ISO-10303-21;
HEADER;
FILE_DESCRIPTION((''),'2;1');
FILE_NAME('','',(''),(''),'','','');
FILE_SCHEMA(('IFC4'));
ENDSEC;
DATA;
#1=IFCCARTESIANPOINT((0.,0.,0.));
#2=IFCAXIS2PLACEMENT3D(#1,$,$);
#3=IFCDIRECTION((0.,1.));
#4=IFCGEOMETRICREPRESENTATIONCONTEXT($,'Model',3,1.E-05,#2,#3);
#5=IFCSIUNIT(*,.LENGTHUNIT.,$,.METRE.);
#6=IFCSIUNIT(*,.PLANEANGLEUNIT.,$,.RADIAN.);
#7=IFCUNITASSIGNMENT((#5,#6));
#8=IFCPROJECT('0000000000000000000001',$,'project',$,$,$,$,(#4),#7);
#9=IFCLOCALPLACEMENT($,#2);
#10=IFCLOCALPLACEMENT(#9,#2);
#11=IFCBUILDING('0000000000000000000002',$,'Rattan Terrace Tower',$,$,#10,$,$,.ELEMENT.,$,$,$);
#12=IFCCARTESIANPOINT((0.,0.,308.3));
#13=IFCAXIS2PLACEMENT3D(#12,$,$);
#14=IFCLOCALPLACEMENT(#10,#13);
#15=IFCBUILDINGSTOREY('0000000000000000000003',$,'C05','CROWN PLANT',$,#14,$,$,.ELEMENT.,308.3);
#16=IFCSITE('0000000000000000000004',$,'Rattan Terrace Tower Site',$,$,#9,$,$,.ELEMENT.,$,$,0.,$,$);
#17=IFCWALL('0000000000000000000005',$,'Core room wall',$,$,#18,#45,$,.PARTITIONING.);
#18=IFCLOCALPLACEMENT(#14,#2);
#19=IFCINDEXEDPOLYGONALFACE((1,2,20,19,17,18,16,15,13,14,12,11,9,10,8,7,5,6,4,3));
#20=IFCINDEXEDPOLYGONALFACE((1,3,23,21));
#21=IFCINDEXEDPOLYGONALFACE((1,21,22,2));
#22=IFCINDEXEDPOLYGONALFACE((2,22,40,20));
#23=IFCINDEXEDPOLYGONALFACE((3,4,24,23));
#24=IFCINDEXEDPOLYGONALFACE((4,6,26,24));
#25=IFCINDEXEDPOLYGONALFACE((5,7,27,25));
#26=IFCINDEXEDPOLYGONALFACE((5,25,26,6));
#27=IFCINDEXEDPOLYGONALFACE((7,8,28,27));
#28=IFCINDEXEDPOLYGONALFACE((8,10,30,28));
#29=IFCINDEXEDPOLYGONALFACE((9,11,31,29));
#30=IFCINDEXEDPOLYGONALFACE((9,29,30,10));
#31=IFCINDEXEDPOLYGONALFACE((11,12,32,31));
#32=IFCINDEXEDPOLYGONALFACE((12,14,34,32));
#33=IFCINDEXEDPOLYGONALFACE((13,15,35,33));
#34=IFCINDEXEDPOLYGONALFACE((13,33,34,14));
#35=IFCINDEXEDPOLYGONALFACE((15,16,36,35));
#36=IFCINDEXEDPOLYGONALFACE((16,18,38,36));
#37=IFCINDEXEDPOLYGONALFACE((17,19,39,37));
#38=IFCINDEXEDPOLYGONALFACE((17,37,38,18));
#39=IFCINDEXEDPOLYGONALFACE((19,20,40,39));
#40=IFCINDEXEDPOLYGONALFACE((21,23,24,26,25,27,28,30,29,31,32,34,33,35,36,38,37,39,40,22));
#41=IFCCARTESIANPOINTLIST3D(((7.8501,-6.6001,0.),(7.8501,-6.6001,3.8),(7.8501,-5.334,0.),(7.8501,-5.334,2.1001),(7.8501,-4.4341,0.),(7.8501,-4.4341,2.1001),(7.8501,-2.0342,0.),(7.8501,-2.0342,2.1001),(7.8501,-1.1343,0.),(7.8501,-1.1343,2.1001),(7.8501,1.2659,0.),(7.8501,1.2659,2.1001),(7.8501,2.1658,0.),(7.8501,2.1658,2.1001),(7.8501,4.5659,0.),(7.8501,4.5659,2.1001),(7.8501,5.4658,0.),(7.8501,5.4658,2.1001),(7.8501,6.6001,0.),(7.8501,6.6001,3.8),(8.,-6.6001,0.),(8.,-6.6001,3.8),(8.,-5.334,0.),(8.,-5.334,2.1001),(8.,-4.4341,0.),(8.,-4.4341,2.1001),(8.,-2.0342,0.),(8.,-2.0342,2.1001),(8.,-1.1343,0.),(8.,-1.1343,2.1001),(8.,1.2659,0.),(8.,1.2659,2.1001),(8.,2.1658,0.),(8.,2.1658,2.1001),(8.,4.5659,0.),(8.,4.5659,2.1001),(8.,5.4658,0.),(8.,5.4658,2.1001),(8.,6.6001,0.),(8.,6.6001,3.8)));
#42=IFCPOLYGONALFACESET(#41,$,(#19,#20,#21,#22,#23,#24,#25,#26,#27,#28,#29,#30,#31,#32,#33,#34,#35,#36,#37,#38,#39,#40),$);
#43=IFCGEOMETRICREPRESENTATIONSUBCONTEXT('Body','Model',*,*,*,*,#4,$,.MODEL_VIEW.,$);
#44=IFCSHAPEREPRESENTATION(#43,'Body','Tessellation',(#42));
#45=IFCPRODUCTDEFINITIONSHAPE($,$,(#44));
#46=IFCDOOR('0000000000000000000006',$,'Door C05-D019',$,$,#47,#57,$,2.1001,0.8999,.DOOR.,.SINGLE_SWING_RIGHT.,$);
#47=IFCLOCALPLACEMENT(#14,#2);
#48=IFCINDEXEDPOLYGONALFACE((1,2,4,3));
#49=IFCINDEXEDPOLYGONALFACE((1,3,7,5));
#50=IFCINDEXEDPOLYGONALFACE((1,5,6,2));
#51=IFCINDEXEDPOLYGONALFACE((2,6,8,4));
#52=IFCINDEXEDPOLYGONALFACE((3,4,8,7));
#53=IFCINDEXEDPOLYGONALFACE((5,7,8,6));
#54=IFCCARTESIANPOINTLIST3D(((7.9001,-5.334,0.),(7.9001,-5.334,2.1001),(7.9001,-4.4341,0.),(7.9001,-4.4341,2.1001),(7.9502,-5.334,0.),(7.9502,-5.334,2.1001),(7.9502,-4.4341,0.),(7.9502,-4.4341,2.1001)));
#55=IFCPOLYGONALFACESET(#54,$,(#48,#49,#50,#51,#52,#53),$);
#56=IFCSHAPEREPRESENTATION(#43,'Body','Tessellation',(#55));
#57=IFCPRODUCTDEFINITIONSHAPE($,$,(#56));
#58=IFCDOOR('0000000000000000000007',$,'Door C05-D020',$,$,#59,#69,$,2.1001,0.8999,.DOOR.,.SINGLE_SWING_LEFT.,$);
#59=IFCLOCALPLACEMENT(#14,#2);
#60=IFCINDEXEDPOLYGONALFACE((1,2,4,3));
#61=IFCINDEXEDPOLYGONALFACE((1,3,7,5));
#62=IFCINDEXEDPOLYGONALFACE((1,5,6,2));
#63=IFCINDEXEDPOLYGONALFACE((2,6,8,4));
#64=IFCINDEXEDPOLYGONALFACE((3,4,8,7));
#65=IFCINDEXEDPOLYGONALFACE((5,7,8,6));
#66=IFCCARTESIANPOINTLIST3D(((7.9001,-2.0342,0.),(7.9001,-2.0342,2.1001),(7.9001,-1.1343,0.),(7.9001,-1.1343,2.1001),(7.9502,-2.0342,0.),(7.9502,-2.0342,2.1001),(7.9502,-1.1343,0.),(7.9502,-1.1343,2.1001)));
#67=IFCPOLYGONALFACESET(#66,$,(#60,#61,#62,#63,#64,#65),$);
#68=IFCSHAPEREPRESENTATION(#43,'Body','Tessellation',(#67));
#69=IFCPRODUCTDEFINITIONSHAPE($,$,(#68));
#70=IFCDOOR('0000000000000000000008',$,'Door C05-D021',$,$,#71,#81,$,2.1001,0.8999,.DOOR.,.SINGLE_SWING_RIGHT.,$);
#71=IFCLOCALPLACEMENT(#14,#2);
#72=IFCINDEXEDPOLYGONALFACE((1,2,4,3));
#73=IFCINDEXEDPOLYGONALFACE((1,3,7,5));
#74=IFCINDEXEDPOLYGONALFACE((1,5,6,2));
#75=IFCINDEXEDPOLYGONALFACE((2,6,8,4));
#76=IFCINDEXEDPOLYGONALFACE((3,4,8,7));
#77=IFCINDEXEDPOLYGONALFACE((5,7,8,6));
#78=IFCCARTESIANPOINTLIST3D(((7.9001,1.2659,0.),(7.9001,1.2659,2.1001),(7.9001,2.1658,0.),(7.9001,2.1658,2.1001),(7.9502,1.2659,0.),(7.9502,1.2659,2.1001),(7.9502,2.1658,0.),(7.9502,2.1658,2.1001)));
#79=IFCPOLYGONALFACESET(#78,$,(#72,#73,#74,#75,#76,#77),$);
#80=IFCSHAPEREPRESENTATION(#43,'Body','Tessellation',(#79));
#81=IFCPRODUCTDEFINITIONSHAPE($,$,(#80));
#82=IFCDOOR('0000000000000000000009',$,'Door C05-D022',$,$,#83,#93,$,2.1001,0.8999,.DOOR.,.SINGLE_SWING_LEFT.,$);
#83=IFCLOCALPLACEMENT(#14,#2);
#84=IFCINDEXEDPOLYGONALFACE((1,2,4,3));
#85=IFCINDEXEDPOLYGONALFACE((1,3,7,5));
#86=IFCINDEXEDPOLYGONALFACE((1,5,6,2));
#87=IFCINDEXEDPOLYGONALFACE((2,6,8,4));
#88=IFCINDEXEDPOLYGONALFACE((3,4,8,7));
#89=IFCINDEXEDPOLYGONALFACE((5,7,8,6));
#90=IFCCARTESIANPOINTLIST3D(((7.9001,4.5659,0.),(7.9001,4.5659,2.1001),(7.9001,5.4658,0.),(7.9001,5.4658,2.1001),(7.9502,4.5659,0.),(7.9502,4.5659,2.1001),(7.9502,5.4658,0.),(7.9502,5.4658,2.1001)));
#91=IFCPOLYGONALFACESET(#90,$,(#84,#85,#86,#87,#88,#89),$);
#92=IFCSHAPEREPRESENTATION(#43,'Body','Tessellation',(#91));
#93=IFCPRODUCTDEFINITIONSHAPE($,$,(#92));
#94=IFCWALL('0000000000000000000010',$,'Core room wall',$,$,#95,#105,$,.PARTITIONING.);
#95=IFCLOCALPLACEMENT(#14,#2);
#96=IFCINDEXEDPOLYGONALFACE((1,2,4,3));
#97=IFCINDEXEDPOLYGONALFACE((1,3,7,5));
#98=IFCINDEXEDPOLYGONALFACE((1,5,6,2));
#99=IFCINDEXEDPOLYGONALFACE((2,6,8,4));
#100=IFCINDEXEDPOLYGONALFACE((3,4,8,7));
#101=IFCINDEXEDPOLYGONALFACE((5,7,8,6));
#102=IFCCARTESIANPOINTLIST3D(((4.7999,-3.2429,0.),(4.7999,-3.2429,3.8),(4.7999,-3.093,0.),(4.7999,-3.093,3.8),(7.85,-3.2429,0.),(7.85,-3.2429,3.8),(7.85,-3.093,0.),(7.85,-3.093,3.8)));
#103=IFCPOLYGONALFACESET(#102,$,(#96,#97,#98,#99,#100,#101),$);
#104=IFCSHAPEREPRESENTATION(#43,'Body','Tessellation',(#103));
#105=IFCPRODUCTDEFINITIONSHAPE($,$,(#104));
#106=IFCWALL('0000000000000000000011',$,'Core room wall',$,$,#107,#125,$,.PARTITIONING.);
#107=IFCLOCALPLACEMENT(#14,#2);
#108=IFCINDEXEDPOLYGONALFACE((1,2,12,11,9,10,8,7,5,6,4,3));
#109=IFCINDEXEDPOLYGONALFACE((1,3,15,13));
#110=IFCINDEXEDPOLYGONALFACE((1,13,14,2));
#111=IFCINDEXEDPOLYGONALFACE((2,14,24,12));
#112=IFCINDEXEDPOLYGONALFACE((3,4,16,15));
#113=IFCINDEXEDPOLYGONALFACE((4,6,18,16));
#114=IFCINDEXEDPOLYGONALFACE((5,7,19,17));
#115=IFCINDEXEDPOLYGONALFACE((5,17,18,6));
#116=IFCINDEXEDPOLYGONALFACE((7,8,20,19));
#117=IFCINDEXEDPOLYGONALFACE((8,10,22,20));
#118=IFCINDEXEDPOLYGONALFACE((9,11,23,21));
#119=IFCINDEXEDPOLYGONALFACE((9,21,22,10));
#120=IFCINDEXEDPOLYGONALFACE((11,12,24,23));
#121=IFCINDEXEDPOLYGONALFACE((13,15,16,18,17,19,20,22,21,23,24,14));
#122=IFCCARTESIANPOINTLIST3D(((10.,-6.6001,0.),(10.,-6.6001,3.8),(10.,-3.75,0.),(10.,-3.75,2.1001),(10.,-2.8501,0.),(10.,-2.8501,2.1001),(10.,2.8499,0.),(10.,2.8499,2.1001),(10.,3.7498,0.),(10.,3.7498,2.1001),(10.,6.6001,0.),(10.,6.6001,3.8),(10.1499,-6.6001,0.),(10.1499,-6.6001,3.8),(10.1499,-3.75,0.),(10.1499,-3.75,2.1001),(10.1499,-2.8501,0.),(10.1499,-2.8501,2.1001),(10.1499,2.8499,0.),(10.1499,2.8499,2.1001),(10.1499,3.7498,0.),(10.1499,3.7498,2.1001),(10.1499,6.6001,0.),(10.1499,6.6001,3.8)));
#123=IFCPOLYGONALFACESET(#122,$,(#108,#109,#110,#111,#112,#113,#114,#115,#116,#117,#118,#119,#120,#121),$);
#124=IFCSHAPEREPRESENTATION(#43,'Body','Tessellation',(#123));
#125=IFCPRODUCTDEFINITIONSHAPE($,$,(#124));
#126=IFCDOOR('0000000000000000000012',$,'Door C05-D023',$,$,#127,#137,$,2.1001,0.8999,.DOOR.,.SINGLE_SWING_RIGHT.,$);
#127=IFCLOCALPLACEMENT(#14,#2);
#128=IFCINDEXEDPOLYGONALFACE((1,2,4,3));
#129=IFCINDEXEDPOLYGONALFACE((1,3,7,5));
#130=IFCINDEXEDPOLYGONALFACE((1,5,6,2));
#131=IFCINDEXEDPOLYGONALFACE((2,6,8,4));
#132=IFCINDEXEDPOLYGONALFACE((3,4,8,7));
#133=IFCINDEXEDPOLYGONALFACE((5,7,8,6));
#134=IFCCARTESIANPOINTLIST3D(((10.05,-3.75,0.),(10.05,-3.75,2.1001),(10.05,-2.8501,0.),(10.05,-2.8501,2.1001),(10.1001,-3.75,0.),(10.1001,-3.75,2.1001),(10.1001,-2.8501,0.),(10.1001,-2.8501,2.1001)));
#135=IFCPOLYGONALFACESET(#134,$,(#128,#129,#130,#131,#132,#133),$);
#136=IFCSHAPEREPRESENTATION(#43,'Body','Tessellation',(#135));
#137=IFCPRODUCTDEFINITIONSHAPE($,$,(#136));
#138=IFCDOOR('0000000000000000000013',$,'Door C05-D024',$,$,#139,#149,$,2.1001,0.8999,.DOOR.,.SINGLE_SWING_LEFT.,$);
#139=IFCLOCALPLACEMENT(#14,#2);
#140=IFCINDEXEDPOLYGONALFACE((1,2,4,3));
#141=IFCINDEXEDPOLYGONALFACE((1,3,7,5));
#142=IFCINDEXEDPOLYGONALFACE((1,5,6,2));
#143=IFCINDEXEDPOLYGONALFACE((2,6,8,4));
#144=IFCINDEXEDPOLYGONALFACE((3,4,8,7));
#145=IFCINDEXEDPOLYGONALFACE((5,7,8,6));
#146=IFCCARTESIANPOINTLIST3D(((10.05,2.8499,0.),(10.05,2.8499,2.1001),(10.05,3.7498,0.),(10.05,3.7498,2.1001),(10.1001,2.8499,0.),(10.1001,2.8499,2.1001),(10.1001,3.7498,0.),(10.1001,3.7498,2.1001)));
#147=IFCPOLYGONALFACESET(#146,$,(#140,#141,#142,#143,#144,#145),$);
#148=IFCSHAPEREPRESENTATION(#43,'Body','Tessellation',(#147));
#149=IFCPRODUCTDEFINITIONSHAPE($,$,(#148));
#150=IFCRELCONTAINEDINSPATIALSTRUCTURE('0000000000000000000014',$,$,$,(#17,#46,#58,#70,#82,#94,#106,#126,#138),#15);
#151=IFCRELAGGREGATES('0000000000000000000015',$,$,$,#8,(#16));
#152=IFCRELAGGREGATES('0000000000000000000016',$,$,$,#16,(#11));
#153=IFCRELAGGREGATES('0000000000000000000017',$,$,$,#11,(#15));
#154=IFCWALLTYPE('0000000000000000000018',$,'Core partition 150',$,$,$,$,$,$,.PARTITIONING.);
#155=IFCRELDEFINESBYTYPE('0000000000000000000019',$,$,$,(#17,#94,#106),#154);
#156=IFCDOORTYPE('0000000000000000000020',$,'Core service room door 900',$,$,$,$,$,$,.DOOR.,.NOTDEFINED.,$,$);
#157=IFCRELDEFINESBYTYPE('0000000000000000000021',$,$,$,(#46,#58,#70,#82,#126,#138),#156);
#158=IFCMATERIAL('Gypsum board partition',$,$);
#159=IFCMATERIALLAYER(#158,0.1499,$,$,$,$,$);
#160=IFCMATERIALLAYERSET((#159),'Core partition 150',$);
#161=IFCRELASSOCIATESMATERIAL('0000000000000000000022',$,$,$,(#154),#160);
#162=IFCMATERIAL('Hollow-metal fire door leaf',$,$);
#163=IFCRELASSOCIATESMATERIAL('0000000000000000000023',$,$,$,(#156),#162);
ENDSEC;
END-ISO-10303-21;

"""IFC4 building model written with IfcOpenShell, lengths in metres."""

from ifc_helpers import new_model, si_unit, direction, frame, frame_2d, origin, place, context, subcontext, project, spatial, rectangle, extrude, material, layer, layer_set, type_object, element, fill, save


model = new_model("IFC4")

# Units and contexts
model_context = context("Model", 3, precision=1e-05, world=origin(), true_north=direction((0.0, 1.0)))
body_context = subcontext(model_context, "Body", "Model", "MODEL_VIEW")
ifc_project = project(units=[si_unit("LENGTHUNIT", "METRE"), si_unit("PLANEANGLEUNIT", "RADIAN")], contexts=[model_context])

# Site, building, storey
site_placement = place(None, origin())
site = spatial("IfcSite", under=ifc_project, at=site_placement, Name="Rattan Terrace Tower Site", CompositionType="ELEMENT", RefElevation=0.0)
building_placement = place(site_placement, origin())
building = spatial("IfcBuilding", under=site, at=building_placement, Name="Rattan Terrace Tower", CompositionType="ELEMENT")
storey_placement = place(building_placement, frame((0.0, 0.0, 308.3)))
storey = spatial("IfcBuildingStorey", under=building, at=storey_placement, Name="C05", Description="CROWN PLANT", CompositionType="ELEMENT", Elevation=308.3)

# Wall, openings, doors
ifc_material_1 = material(Name="Gypsum board partition")
ifc_layer_1 = layer(ifc_material_1, 0.1499)
ifc_layer_set_1 = layer_set([ifc_layer_1], Name="Core partition 150")
wall_type_1 = type_object("IfcWallType", Name="Core partition 150", PredefinedType="PARTITIONING", material=ifc_layer_set_1)
ifc_material_2 = material(Name="Hollow-metal fire door leaf")
door_type_1 = type_object("IfcDoorType", Name="Core service room door 900", OperationType="NOTDEFINED", PredefinedType="DOOR", material=ifc_material_2)
wall_1_placement = place(storey_placement, frame((7.925, -6.6001, 0.0), z_axis=(0.0, 0.0, 1.0), x_axis=(0.0, 1.0, 0.0)))
wall_1 = element("IfcWall", 1, at=wall_1_placement, inside=storey, type_object=wall_type_1, Name="Core room wall", PredefinedType="PARTITIONING", context=body_context, shape_type="SweptSolid", body=[
    extrude(rectangle(XDim=13.2002, YDim=0.1499, at=frame_2d((6.6001, 0.0))), origin(), (0.0, 0.0, 1.0), 3.8),
])
opening_1_placement = place(wall_1_placement, frame((1.2661, 0.0, 0.0)))
opening_1 = element("IfcOpeningElement", 2, at=opening_1_placement, cuts=wall_1, PredefinedType="OPENING", context=body_context, shape_type="SweptSolid", body=[
    extrude(rectangle(XDim=0.8999, YDim=2.1001, at=frame_2d((0.45, 1.05))), frame((0.0, 0.0854, 0.0), z_axis=(0.0, -1.0, 0.0), x_axis=(1.0, 0.0, 0.0)), (0.0, 0.0, 1.0), 0.1709),
])
opening_2_placement = place(wall_1_placement, frame((4.5659, 0.0, 0.0)))
opening_2 = element("IfcOpeningElement", 3, at=opening_2_placement, cuts=wall_1, PredefinedType="OPENING", context=body_context, shape_type="SweptSolid", body=[
    extrude(rectangle(XDim=0.8999, YDim=2.1001, at=frame_2d((0.45, 1.05))), frame((0.0, 0.0854, 0.0), z_axis=(0.0, -1.0, 0.0), x_axis=(1.0, 0.0, 0.0)), (0.0, 0.0, 1.0), 0.1709),
])
opening_3_placement = place(wall_1_placement, frame((7.866, 0.0, 0.0)))
opening_3 = element("IfcOpeningElement", 4, at=opening_3_placement, cuts=wall_1, PredefinedType="OPENING", context=body_context, shape_type="SweptSolid", body=[
    extrude(rectangle(XDim=0.8999, YDim=2.1001, at=frame_2d((0.45, 1.05))), frame((0.0, 0.0854, 0.0), z_axis=(0.0, -1.0, 0.0), x_axis=(1.0, 0.0, 0.0)), (0.0, 0.0, 1.0), 0.1709),
])
opening_4_placement = place(wall_1_placement, frame((11.166, 0.0, 0.0)))
opening_4 = element("IfcOpeningElement", 5, at=opening_4_placement, cuts=wall_1, PredefinedType="OPENING", context=body_context, shape_type="SweptSolid", body=[
    extrude(rectangle(XDim=0.8999, YDim=2.1001, at=frame_2d((0.45, 1.05))), frame((0.0, 0.0854, 0.0), z_axis=(0.0, -1.0, 0.0), x_axis=(1.0, 0.0, 0.0)), (0.0, 0.0, 1.0), 0.1709),
])
door_1_placement = place(opening_1_placement, origin())
door_1 = element("IfcDoor", 6, at=door_1_placement, inside=storey, type_object=door_type_1, Name="Door C05-D019", OperationType="SINGLE_SWING_RIGHT", OverallHeight=2.1001, OverallWidth=0.8999, PredefinedType="DOOR", context=body_context, shape_type="SweptSolid", body=[
    extrude(rectangle(XDim=0.8999, YDim=2.1001, at=frame_2d((0.45, 1.05))), frame((0.0, 0.0249, 0.0), z_axis=(0.0, -1.0, 0.0), x_axis=(1.0, 0.0, 0.0)), (0.0, 0.0, 1.0), 0.05),
])
fill(opening_1, door_1)
door_2_placement = place(opening_2_placement, origin())
door_2 = element("IfcDoor", 7, at=door_2_placement, inside=storey, type_object=door_type_1, Name="Door C05-D020", OperationType="SINGLE_SWING_LEFT", OverallHeight=2.1001, OverallWidth=0.8999, PredefinedType="DOOR", context=body_context, shape_type="SweptSolid", body=[
    extrude(rectangle(XDim=0.8999, YDim=2.1001, at=frame_2d((0.45, 1.05))), frame((0.0, 0.0249, 0.0), z_axis=(0.0, -1.0, 0.0), x_axis=(1.0, 0.0, 0.0)), (0.0, 0.0, 1.0), 0.05),
])
fill(opening_2, door_2)
door_3_placement = place(opening_3_placement, origin())
door_3 = element("IfcDoor", 8, at=door_3_placement, inside=storey, type_object=door_type_1, Name="Door C05-D021", OperationType="SINGLE_SWING_RIGHT", OverallHeight=2.1001, OverallWidth=0.8999, PredefinedType="DOOR", context=body_context, shape_type="SweptSolid", body=[
    extrude(rectangle(XDim=0.8999, YDim=2.1001, at=frame_2d((0.45, 1.05))), frame((0.0, 0.0249, 0.0), z_axis=(0.0, -1.0, 0.0), x_axis=(1.0, 0.0, 0.0)), (0.0, 0.0, 1.0), 0.05),
])
fill(opening_3, door_3)
door_4_placement = place(opening_4_placement, origin())
door_4 = element("IfcDoor", 9, at=door_4_placement, inside=storey, type_object=door_type_1, Name="Door C05-D022", OperationType="SINGLE_SWING_LEFT", OverallHeight=2.1001, OverallWidth=0.8999, PredefinedType="DOOR", context=body_context, shape_type="SweptSolid", body=[
    extrude(rectangle(XDim=0.8999, YDim=2.1001, at=frame_2d((0.45, 1.05))), frame((0.0, 0.0249, 0.0), z_axis=(0.0, -1.0, 0.0), x_axis=(1.0, 0.0, 0.0)), (0.0, 0.0, 1.0), 0.05),
])
fill(opening_4, door_4)

# Wall
wall_2_placement = place(storey_placement, frame((4.8, -3.168, 0.0), z_axis=(0.0, 0.0, 1.0), x_axis=(1.0, 0.0, 0.0)))
element("IfcWall", 10, at=wall_2_placement, inside=storey, type_object=wall_type_1, Name="Core room wall", PredefinedType="PARTITIONING", context=body_context, shape_type="SweptSolid", body=[
    extrude(rectangle(XDim=3.05, YDim=0.1499, at=frame_2d((1.5249, 0.0))), origin(), (0.0, 0.0, 1.0), 3.8),
])

# Wall, openings, doors
wall_3_placement = place(storey_placement, frame((10.075, -6.6001, 0.0), z_axis=(0.0, 0.0, 1.0), x_axis=(0.0, 1.0, 0.0)))
wall_3 = element("IfcWall", 11, at=wall_3_placement, inside=storey, type_object=wall_type_1, Name="Core room wall", PredefinedType="PARTITIONING", context=body_context, shape_type="SweptSolid", body=[
    extrude(rectangle(XDim=13.2002, YDim=0.1499, at=frame_2d((6.6001, 0.0))), origin(), (0.0, 0.0, 1.0), 3.8),
])
opening_5_placement = place(wall_3_placement, frame((2.8501, 0.0, 0.0)))
opening_5 = element("IfcOpeningElement", 12, at=opening_5_placement, cuts=wall_3, PredefinedType="OPENING", context=body_context, shape_type="SweptSolid", body=[
    extrude(rectangle(XDim=0.8999, YDim=2.1001, at=frame_2d((0.45, 1.05))), frame((0.0, 0.0854, 0.0), z_axis=(0.0, -1.0, 0.0), x_axis=(1.0, 0.0, 0.0)), (0.0, 0.0, 1.0), 0.1709),
])
opening_6_placement = place(wall_3_placement, frame((9.45, 0.0, 0.0)))
opening_6 = element("IfcOpeningElement", 13, at=opening_6_placement, cuts=wall_3, PredefinedType="OPENING", context=body_context, shape_type="SweptSolid", body=[
    extrude(rectangle(XDim=0.8999, YDim=2.1001, at=frame_2d((0.45, 1.05))), frame((0.0, 0.0854, 0.0), z_axis=(0.0, -1.0, 0.0), x_axis=(1.0, 0.0, 0.0)), (0.0, 0.0, 1.0), 0.1709),
])
door_5_placement = place(opening_5_placement, origin())
door_5 = element("IfcDoor", 14, at=door_5_placement, inside=storey, type_object=door_type_1, Name="Door C05-D023", OperationType="SINGLE_SWING_RIGHT", OverallHeight=2.1001, OverallWidth=0.8999, PredefinedType="DOOR", context=body_context, shape_type="SweptSolid", body=[
    extrude(rectangle(XDim=0.8999, YDim=2.1001, at=frame_2d((0.45, 1.05))), frame((0.0, 0.0249, 0.0), z_axis=(0.0, -1.0, 0.0), x_axis=(1.0, 0.0, 0.0)), (0.0, 0.0, 1.0), 0.05),
])
fill(opening_5, door_5)
door_6_placement = place(opening_6_placement, origin())
door_6 = element("IfcDoor", 15, at=door_6_placement, inside=storey, type_object=door_type_1, Name="Door C05-D024", OperationType="SINGLE_SWING_LEFT", OverallHeight=2.1001, OverallWidth=0.8999, PredefinedType="DOOR", context=body_context, shape_type="SweptSolid", body=[
    extrude(rectangle(XDim=0.8999, YDim=2.1001, at=frame_2d((0.45, 1.05))), frame((0.0, 0.0249, 0.0), z_axis=(0.0, -1.0, 0.0), x_axis=(1.0, 0.0, 0.0)), (0.0, 0.0, 1.0), 0.05),
])
fill(opening_6, door_6)

save(model, "model.ifc")
